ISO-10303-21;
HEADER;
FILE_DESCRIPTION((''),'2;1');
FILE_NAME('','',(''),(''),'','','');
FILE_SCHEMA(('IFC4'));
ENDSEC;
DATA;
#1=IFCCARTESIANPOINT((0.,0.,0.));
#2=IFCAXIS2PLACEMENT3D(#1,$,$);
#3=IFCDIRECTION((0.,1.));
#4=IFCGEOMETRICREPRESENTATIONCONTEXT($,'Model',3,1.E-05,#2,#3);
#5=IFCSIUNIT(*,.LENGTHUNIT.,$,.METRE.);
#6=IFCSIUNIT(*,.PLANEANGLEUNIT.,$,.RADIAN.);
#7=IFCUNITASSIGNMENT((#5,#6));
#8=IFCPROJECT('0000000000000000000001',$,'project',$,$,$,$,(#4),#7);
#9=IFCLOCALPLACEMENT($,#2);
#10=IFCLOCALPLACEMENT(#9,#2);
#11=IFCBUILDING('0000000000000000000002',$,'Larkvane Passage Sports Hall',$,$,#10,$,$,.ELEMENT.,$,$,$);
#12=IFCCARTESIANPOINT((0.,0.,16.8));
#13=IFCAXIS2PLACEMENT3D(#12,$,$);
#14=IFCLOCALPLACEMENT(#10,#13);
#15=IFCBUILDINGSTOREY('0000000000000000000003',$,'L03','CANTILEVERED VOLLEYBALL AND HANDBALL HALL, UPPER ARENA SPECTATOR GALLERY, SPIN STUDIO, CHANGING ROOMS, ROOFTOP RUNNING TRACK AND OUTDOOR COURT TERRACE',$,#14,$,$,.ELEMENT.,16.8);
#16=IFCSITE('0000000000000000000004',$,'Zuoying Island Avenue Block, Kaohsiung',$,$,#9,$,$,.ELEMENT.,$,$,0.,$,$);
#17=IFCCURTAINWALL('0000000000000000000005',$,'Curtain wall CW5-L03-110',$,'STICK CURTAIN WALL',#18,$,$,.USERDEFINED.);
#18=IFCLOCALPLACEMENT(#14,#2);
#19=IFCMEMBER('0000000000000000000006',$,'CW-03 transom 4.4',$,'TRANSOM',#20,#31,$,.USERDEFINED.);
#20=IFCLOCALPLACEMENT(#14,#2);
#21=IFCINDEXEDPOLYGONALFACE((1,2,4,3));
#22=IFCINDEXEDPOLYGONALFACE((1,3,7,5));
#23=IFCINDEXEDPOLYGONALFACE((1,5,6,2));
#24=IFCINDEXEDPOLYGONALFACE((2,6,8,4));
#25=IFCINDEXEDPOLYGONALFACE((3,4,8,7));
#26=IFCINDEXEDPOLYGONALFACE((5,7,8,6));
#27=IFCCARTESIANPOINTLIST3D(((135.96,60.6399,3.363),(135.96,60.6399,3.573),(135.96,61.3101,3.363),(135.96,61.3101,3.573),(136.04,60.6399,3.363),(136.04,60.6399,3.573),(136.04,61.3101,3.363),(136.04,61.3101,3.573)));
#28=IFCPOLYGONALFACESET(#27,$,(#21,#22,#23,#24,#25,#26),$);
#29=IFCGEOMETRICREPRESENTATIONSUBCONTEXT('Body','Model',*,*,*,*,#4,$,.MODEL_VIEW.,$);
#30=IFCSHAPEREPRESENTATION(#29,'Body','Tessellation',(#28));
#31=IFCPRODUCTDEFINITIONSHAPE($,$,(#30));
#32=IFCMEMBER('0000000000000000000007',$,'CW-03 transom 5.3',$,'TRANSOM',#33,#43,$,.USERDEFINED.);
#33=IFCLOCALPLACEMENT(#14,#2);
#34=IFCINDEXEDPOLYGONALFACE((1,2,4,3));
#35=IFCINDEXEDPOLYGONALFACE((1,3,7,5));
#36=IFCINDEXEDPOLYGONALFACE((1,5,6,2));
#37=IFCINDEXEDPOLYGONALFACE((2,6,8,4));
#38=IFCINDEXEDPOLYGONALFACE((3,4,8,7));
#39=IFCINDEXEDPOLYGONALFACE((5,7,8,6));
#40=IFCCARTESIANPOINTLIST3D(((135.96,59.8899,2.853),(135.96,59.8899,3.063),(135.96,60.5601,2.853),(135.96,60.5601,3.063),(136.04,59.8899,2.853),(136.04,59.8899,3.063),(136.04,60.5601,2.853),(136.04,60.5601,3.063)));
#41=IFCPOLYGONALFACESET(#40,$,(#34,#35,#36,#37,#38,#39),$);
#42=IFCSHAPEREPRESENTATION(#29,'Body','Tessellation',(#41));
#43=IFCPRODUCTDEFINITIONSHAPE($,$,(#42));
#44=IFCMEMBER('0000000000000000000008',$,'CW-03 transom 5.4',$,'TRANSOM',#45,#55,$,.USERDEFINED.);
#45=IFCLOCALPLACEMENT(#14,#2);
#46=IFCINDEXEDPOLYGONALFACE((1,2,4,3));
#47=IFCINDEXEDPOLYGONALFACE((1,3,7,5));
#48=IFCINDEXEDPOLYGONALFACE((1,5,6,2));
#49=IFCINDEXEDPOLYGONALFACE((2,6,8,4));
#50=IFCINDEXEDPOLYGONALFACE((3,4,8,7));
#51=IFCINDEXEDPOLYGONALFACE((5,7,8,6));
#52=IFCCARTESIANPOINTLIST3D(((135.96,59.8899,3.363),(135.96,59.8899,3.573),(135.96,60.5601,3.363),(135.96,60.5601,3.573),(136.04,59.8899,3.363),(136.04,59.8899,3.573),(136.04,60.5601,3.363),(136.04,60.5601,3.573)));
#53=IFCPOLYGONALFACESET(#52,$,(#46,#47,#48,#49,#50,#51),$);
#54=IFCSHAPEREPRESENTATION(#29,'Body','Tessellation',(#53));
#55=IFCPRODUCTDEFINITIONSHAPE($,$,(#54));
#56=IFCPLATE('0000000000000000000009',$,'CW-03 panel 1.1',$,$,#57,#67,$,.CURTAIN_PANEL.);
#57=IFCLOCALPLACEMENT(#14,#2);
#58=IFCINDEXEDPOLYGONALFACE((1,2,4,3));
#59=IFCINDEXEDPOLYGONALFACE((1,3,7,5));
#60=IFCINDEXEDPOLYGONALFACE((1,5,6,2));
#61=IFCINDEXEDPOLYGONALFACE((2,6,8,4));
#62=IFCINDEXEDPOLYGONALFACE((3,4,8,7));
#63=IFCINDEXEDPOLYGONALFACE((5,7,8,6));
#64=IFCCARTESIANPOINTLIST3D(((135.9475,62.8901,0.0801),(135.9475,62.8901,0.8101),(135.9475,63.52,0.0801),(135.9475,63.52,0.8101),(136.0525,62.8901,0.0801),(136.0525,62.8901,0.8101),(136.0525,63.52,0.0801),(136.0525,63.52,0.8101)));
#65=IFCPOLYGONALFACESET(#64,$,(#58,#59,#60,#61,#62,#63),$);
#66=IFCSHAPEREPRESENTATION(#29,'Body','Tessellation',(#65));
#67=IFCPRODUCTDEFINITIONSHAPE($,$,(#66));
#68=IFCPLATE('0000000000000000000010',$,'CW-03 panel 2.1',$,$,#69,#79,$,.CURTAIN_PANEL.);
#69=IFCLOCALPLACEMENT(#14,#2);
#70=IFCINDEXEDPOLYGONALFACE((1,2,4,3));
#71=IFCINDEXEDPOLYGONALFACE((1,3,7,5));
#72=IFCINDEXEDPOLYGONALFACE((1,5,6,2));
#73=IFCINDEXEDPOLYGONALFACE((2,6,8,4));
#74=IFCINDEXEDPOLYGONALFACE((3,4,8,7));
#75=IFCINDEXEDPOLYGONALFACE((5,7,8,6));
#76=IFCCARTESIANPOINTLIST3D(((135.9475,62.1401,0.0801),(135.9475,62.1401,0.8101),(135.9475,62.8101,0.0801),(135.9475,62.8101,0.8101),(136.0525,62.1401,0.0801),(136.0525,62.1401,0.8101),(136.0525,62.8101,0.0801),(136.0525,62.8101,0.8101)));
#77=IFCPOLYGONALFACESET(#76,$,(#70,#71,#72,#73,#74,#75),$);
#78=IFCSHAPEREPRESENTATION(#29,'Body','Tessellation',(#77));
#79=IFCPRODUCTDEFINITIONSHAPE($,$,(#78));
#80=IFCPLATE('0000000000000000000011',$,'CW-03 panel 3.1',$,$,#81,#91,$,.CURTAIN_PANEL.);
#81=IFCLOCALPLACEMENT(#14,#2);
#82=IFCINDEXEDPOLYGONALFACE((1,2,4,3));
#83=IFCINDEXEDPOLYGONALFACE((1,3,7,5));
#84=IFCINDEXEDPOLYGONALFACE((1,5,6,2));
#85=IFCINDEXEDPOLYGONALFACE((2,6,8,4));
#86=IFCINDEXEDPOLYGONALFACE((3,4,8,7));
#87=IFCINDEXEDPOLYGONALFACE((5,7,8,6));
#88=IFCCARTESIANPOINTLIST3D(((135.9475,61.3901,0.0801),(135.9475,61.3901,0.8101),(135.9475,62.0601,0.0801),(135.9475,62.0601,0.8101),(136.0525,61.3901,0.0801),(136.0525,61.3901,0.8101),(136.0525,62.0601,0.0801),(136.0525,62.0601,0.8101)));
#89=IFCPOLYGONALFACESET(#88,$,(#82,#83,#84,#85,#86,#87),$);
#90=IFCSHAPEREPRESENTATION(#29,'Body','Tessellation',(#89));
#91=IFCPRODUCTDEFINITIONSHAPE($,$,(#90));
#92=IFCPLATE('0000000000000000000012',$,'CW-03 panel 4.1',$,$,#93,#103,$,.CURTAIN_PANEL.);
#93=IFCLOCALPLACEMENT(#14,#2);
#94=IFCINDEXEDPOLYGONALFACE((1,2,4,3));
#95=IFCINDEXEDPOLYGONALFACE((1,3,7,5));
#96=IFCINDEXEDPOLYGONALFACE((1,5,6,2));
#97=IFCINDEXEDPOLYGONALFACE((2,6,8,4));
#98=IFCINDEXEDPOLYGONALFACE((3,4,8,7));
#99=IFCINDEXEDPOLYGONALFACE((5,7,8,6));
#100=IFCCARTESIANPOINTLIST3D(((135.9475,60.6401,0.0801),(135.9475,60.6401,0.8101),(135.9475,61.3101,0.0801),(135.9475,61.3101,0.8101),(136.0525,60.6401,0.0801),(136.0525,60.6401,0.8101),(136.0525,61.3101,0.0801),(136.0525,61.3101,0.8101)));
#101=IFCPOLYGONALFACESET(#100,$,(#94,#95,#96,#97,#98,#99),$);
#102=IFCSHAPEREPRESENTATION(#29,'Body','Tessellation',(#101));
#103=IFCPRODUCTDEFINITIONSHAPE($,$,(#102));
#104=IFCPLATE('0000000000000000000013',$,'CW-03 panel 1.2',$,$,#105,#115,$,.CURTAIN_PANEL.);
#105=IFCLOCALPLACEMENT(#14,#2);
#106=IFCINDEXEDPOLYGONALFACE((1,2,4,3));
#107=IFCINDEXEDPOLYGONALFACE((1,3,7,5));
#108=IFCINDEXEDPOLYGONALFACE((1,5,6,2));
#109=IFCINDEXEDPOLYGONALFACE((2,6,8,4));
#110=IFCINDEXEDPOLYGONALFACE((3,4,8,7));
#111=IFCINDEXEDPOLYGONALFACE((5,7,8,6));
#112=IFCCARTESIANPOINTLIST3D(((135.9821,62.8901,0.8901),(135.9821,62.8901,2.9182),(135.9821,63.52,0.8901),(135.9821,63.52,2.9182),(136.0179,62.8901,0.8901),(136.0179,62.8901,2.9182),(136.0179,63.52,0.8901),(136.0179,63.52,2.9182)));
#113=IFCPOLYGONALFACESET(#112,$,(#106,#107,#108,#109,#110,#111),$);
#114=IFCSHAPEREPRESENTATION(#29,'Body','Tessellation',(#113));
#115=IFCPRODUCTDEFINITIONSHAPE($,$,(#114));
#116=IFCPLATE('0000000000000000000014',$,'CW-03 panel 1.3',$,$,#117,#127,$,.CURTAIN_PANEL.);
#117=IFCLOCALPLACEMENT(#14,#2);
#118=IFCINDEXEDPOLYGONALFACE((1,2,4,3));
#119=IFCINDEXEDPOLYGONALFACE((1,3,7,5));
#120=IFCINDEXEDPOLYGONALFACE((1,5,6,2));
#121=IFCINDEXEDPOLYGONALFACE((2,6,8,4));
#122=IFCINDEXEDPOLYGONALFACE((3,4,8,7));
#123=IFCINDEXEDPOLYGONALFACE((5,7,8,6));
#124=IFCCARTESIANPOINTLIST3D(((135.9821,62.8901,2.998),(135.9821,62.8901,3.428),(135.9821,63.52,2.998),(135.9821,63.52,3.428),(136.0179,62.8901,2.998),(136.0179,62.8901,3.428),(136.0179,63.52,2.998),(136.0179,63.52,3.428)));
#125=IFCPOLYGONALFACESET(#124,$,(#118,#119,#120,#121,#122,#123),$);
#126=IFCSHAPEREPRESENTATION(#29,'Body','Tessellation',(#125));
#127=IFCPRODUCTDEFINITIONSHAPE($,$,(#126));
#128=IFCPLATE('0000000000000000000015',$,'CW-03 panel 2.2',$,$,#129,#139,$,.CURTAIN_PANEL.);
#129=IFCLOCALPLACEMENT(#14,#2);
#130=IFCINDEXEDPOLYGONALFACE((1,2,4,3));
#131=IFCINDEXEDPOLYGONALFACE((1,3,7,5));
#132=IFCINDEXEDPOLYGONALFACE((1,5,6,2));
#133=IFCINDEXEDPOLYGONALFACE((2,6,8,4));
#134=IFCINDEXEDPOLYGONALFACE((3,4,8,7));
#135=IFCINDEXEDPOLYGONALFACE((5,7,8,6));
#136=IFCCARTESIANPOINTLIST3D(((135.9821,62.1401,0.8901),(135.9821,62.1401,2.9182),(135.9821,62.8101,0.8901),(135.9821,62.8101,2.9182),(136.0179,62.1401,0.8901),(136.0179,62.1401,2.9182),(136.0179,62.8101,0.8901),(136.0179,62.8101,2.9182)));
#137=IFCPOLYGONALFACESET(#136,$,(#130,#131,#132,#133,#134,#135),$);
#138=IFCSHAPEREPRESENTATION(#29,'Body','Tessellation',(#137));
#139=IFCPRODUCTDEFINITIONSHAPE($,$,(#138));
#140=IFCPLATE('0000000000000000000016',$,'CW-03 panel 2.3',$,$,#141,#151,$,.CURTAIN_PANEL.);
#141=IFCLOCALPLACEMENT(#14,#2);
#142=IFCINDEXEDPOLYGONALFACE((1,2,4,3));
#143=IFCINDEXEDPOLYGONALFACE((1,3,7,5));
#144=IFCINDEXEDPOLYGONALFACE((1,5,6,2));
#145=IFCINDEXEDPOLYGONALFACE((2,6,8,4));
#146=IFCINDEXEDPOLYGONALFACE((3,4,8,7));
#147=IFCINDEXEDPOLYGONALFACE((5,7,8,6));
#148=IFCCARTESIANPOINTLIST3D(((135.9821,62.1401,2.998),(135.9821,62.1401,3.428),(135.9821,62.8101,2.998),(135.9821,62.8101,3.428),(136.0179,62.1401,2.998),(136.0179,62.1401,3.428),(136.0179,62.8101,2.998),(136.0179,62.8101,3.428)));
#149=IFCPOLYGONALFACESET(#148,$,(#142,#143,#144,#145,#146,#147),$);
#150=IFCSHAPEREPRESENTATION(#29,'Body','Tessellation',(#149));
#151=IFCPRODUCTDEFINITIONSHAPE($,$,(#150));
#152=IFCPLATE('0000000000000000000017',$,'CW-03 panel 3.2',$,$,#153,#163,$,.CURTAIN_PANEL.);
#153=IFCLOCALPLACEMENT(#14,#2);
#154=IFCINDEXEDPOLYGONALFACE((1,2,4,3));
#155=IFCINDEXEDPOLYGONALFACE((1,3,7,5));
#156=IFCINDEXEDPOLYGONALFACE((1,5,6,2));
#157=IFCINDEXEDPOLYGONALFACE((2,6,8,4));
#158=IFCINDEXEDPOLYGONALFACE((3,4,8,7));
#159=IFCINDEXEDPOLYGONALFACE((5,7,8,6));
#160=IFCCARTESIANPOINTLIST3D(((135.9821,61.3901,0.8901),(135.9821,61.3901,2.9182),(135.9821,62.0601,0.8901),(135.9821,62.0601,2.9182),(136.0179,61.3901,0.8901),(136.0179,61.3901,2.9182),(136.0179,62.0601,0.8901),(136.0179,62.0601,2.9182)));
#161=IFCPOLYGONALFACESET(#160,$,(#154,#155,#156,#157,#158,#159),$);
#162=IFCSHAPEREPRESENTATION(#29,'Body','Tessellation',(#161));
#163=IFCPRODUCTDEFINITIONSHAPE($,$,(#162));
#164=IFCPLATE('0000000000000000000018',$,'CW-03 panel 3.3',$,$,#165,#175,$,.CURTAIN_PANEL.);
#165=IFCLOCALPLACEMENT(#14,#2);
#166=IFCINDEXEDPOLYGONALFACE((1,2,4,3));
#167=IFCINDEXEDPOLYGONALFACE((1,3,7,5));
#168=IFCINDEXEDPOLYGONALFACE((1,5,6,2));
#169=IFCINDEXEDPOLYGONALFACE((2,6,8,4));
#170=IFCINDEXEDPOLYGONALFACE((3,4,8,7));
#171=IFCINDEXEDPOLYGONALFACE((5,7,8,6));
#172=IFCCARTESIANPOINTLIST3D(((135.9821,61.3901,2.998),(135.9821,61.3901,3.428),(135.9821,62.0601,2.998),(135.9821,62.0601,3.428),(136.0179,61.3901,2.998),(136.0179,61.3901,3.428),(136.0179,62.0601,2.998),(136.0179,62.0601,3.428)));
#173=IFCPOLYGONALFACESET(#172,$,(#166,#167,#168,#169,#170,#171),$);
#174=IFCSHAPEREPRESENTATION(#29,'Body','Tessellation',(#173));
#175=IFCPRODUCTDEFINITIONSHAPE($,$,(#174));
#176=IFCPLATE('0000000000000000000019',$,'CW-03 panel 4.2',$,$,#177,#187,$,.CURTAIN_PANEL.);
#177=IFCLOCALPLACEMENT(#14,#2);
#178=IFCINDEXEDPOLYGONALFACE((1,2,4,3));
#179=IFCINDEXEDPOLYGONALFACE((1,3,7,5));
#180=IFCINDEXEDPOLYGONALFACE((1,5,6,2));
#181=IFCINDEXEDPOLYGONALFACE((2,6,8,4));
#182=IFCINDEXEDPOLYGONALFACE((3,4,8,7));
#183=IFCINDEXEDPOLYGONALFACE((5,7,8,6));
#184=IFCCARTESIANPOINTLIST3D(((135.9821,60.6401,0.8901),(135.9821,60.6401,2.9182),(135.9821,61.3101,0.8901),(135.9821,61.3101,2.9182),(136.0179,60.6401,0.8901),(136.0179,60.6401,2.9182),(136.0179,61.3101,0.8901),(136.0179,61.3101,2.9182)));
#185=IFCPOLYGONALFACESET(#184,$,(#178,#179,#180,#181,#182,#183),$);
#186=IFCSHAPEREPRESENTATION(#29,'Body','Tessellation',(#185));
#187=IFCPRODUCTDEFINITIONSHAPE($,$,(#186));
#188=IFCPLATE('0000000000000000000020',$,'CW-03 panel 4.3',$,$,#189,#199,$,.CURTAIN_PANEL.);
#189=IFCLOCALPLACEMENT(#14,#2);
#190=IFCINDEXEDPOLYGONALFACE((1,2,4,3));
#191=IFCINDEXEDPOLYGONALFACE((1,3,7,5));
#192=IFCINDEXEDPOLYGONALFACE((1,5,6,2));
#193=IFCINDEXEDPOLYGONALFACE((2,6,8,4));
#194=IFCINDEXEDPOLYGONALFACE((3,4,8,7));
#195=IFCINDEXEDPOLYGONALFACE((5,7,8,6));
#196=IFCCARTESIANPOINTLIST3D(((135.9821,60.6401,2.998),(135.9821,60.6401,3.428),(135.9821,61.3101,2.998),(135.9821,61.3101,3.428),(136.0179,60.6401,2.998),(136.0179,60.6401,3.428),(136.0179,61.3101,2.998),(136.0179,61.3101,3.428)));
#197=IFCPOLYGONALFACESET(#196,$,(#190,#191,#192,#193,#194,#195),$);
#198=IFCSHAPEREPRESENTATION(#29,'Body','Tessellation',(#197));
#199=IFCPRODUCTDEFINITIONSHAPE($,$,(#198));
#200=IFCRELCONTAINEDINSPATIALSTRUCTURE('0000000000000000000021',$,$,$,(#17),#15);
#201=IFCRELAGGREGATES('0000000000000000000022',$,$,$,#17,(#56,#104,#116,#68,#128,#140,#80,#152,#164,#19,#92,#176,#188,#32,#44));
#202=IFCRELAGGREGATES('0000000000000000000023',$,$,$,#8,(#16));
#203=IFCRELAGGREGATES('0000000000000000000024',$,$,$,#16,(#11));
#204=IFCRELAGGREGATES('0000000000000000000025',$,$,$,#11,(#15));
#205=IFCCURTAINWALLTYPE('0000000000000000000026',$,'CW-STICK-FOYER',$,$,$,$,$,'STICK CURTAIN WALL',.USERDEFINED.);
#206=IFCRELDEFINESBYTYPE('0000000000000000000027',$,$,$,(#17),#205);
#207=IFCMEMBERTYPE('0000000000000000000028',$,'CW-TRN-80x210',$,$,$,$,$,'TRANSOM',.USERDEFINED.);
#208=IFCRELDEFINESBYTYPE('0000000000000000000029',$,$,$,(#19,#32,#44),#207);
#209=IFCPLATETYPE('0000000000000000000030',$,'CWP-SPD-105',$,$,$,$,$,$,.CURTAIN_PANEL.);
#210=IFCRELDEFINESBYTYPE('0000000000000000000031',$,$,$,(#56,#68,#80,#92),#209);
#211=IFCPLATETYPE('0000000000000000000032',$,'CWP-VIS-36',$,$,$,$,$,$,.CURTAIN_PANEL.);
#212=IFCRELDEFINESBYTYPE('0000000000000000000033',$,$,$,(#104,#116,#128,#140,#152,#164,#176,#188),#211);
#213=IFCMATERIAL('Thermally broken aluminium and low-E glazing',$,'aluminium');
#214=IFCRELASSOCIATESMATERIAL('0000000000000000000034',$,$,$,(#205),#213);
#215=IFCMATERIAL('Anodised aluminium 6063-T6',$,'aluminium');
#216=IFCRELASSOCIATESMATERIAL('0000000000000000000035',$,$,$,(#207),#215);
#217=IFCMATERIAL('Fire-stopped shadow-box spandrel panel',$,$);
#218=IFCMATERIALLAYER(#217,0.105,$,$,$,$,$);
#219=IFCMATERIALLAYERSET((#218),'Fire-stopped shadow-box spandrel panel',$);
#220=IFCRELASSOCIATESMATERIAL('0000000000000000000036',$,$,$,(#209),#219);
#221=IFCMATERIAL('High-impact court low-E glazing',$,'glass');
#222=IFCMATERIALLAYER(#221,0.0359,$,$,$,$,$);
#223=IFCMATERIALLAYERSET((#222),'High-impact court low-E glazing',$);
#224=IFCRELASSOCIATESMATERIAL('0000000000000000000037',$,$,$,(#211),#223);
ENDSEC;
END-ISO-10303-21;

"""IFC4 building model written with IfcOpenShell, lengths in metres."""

from ifc_helpers import new_model, si_unit, direction, frame, origin, origin_2d, place, context, subcontext, project, spatial, rectangle, extrude, material, layer, layer_set, material_profile, profile_set, type_object, element, aggregate, save


model = new_model("IFC4")

# Units and contexts
model_context = context("Model", 3, precision=1e-05, world=origin(), true_north=direction((0.0, 1.0)))
body_context = subcontext(model_context, "Body", "Model", "MODEL_VIEW")
ifc_project = project(units=[si_unit("LENGTHUNIT", "METRE"), si_unit("PLANEANGLEUNIT", "RADIAN")], contexts=[model_context])

# Site, building, storey
site_placement = place(None, origin())
site = spatial("IfcSite", under=ifc_project, at=site_placement, Name="Zuoying Island Avenue Block, Kaohsiung", CompositionType="ELEMENT", RefElevation=0.0)
building_placement = place(site_placement, origin())
building = spatial("IfcBuilding", under=site, at=building_placement, Name="Larkvane Passage Sports Hall", CompositionType="ELEMENT")
storey_placement = place(building_placement, frame((0.0, 0.0, 16.8)))
storey = spatial("IfcBuildingStorey", under=building, at=storey_placement, Name="L03", Description="CANTILEVERED VOLLEYBALL AND HANDBALL HALL, UPPER ARENA SPECTATOR GALLERY, SPIN STUDIO, CHANGING ROOMS, ROOFTOP RUNNING TRACK AND OUTDOOR COURT TERRACE", CompositionType="ELEMENT", Elevation=16.8)

# Curtain wall, members, plates
ifc_material_1 = material(Name="Thermally broken aluminium and low-E glazing", Category="aluminium")
curtain_wall_type = type_object("IfcCurtainWallType", Name="CW-STICK-FOYER", ElementType="STICK CURTAIN WALL", PredefinedType="USERDEFINED", material=ifc_material_1)
curtain_wall_placement = place(storey_placement, origin())
curtain_wall = element("IfcCurtainWall", 1, at=curtain_wall_placement, inside=storey, type_object=curtain_wall_type, Name="Curtain wall CW5-L03-110", ObjectType="STICK CURTAIN WALL", PredefinedType="USERDEFINED")
ifc_material_2 = material(Name="Anodised aluminium 6063-T6", Category="aluminium")
ifc_material_profile_1 = material_profile(ifc_material_2, rectangle(XDim=0.0801, YDim=0.21, at=origin_2d()), Name="ALU-TRN-80x210")
ifc_profile_set_1 = profile_set([ifc_material_profile_1], Name="Anodised aluminium 6063-T6")
member_type_1 = type_object("IfcMemberType", Name="CW-TRN-80x210", ElementType="TRANSOM", PredefinedType="USERDEFINED", material=ifc_profile_set_1)
member_1_placement = place(storey_placement, frame((136.0, 61.3101, 3.468), z_axis=(0.0, -1.0, 0.0), x_axis=(1.0, 0.0, 0.0)))
member_1 = element("IfcMember", 2, at=member_1_placement, type_object=member_type_1, Name="CW-03 transom 4.4", ObjectType="TRANSOM", PredefinedType="USERDEFINED", context=body_context, shape_type="SweptSolid", body=[
    extrude(rectangle(XDim=0.0801, YDim=0.21, at=origin_2d()), origin(), (0.0, 0.0, 1.0), 0.6702),
])
member_2_placement = place(storey_placement, frame((136.0, 60.5601, 2.958), z_axis=(0.0, -1.0, 0.0), x_axis=(1.0, 0.0, 0.0)))
member_2 = element("IfcMember", 3, at=member_2_placement, type_object=member_type_1, Name="CW-03 transom 5.3", ObjectType="TRANSOM", PredefinedType="USERDEFINED", context=body_context, shape_type="SweptSolid", body=[
    extrude(rectangle(XDim=0.0801, YDim=0.21, at=origin_2d()), origin(), (0.0, 0.0, 1.0), 0.6702),
])
member_3_placement = place(storey_placement, frame((136.0, 60.5601, 3.468), z_axis=(0.0, -1.0, 0.0), x_axis=(1.0, 0.0, 0.0)))
member_3 = element("IfcMember", 4, at=member_3_placement, type_object=member_type_1, Name="CW-03 transom 5.4", ObjectType="TRANSOM", PredefinedType="USERDEFINED", context=body_context, shape_type="SweptSolid", body=[
    extrude(rectangle(XDim=0.0801, YDim=0.21, at=origin_2d()), origin(), (0.0, 0.0, 1.0), 0.6702),
])
ifc_material_3 = material(Name="Fire-stopped shadow-box spandrel panel")
ifc_layer_1 = layer(ifc_material_3, 0.105)
ifc_layer_set_1 = layer_set([ifc_layer_1], Name="Fire-stopped shadow-box spandrel panel")
plate_type_1 = type_object("IfcPlateType", Name="CWP-SPD-105", PredefinedType="CURTAIN_PANEL", material=ifc_layer_set_1)
plate_1_placement = place(storey_placement, frame((136.0, 63.2051, 0.0801), z_axis=(0.0, 0.0, 1.0), x_axis=(0.0, -1.0, 0.0)))
plate_1 = element("IfcPlate", 5, at=plate_1_placement, type_object=plate_type_1, Name="CW-03 panel 1.1", PredefinedType="CURTAIN_PANEL", context=body_context, shape_type="SweptSolid", body=[
    extrude(rectangle(XDim=0.6299, YDim=0.105, at=origin_2d()), origin(), (0.0, 0.0, 1.0), 0.73),
])
plate_2_placement = place(storey_placement, frame((136.0, 62.4751, 0.0801), z_axis=(0.0, 0.0, 1.0), x_axis=(0.0, -1.0, 0.0)))
plate_2 = element("IfcPlate", 6, at=plate_2_placement, type_object=plate_type_1, Name="CW-03 panel 2.1", PredefinedType="CURTAIN_PANEL", context=body_context, shape_type="SweptSolid", body=[
    extrude(rectangle(XDim=0.6699, YDim=0.105, at=origin_2d()), origin(), (0.0, 0.0, 1.0), 0.73),
])
plate_3_placement = place(storey_placement, frame((136.0, 61.7251, 0.0801), z_axis=(0.0, 0.0, 1.0), x_axis=(0.0, -1.0, 0.0)))
plate_3 = element("IfcPlate", 7, at=plate_3_placement, type_object=plate_type_1, Name="CW-03 panel 3.1", PredefinedType="CURTAIN_PANEL", context=body_context, shape_type="SweptSolid", body=[
    extrude(rectangle(XDim=0.6699, YDim=0.105, at=origin_2d()), origin(), (0.0, 0.0, 1.0), 0.73),
])
plate_4_placement = place(storey_placement, frame((136.0, 60.9751, 0.0801), z_axis=(0.0, 0.0, 1.0), x_axis=(0.0, -1.0, 0.0)))
plate_4 = element("IfcPlate", 8, at=plate_4_placement, type_object=plate_type_1, Name="CW-03 panel 4.1", PredefinedType="CURTAIN_PANEL", context=body_context, shape_type="SweptSolid", body=[
    extrude(rectangle(XDim=0.6699, YDim=0.105, at=origin_2d()), origin(), (0.0, 0.0, 1.0), 0.73),
])
ifc_material_4 = material(Name="High-impact court low-E glazing", Category="glass")
ifc_layer_2 = layer(ifc_material_4, 0.0359)
ifc_layer_set_2 = layer_set([ifc_layer_2], Name="High-impact court low-E glazing")
plate_type_2 = type_object("IfcPlateType", Name="CWP-VIS-36", PredefinedType="CURTAIN_PANEL", material=ifc_layer_set_2)
plate_5_placement = place(storey_placement, frame((136.0, 63.2051, 0.8901), z_axis=(0.0, 0.0, 1.0), x_axis=(0.0, -1.0, 0.0)))
plate_5 = element("IfcPlate", 9, at=plate_5_placement, type_object=plate_type_2, Name="CW-03 panel 1.2", PredefinedType="CURTAIN_PANEL", context=body_context, shape_type="SweptSolid", body=[
    extrude(rectangle(XDim=0.6299, YDim=0.0359, at=origin_2d()), origin(), (0.0, 0.0, 1.0), 2.0281),
])
plate_6_placement = place(storey_placement, frame((136.0, 63.2051, 2.998), z_axis=(0.0, 0.0, 1.0), x_axis=(0.0, -1.0, 0.0)))
plate_6 = element("IfcPlate", 10, at=plate_6_placement, type_object=plate_type_2, Name="CW-03 panel 1.3", PredefinedType="CURTAIN_PANEL", context=body_context, shape_type="SweptSolid", body=[
    extrude(rectangle(XDim=0.6299, YDim=0.0359, at=origin_2d()), origin(), (0.0, 0.0, 1.0), 0.4299),
])
plate_7_placement = place(storey_placement, frame((136.0, 62.4751, 0.8901), z_axis=(0.0, 0.0, 1.0), x_axis=(0.0, -1.0, 0.0)))
plate_7 = element("IfcPlate", 11, at=plate_7_placement, type_object=plate_type_2, Name="CW-03 panel 2.2", PredefinedType="CURTAIN_PANEL", context=body_context, shape_type="SweptSolid", body=[
    extrude(rectangle(XDim=0.6699, YDim=0.0359, at=origin_2d()), origin(), (0.0, 0.0, 1.0), 2.0281),
])
plate_8_placement = place(storey_placement, frame((136.0, 62.4751, 2.998), z_axis=(0.0, 0.0, 1.0), x_axis=(0.0, -1.0, 0.0)))
plate_8 = element("IfcPlate", 12, at=plate_8_placement, type_object=plate_type_2, Name="CW-03 panel 2.3", PredefinedType="CURTAIN_PANEL", context=body_context, shape_type="SweptSolid", body=[
    extrude(rectangle(XDim=0.6699, YDim=0.0359, at=origin_2d()), origin(), (0.0, 0.0, 1.0), 0.4299),
])
plate_9_placement = place(storey_placement, frame((136.0, 61.7251, 0.8901), z_axis=(0.0, 0.0, 1.0), x_axis=(0.0, -1.0, 0.0)))
plate_9 = element("IfcPlate", 13, at=plate_9_placement, type_object=plate_type_2, Name="CW-03 panel 3.2", PredefinedType="CURTAIN_PANEL", context=body_context, shape_type="SweptSolid", body=[
    extrude(rectangle(XDim=0.6699, YDim=0.0359, at=origin_2d()), origin(), (0.0, 0.0, 1.0), 2.0281),
])
plate_10_placement = place(storey_placement, frame((136.0, 61.7251, 2.998), z_axis=(0.0, 0.0, 1.0), x_axis=(0.0, -1.0, 0.0)))
plate_10 = element("IfcPlate", 14, at=plate_10_placement, type_object=plate_type_2, Name="CW-03 panel 3.3", PredefinedType="CURTAIN_PANEL", context=body_context, shape_type="SweptSolid", body=[
    extrude(rectangle(XDim=0.6699, YDim=0.0359, at=origin_2d()), origin(), (0.0, 0.0, 1.0), 0.4299),
])
plate_11_placement = place(storey_placement, frame((136.0, 60.9751, 0.8901), z_axis=(0.0, 0.0, 1.0), x_axis=(0.0, -1.0, 0.0)))
plate_11 = element("IfcPlate", 15, at=plate_11_placement, type_object=plate_type_2, Name="CW-03 panel 4.2", PredefinedType="CURTAIN_PANEL", context=body_context, shape_type="SweptSolid", body=[
    extrude(rectangle(XDim=0.6699, YDim=0.0359, at=origin_2d()), origin(), (0.0, 0.0, 1.0), 2.0281),
])
plate_12_placement = place(storey_placement, frame((136.0, 60.9751, 2.998), z_axis=(0.0, 0.0, 1.0), x_axis=(0.0, -1.0, 0.0)))
plate_12 = element("IfcPlate", 16, at=plate_12_placement, type_object=plate_type_2, Name="CW-03 panel 4.3", PredefinedType="CURTAIN_PANEL", context=body_context, shape_type="SweptSolid", body=[
    extrude(rectangle(XDim=0.6699, YDim=0.0359, at=origin_2d()), origin(), (0.0, 0.0, 1.0), 0.4299),
])
aggregate(curtain_wall, [plate_1, plate_5, plate_6, plate_2, plate_7, plate_8, plate_3, plate_9, plate_10, member_1, plate_4, plate_11, plate_12, member_2, member_3])

save(model, "model.ifc")
